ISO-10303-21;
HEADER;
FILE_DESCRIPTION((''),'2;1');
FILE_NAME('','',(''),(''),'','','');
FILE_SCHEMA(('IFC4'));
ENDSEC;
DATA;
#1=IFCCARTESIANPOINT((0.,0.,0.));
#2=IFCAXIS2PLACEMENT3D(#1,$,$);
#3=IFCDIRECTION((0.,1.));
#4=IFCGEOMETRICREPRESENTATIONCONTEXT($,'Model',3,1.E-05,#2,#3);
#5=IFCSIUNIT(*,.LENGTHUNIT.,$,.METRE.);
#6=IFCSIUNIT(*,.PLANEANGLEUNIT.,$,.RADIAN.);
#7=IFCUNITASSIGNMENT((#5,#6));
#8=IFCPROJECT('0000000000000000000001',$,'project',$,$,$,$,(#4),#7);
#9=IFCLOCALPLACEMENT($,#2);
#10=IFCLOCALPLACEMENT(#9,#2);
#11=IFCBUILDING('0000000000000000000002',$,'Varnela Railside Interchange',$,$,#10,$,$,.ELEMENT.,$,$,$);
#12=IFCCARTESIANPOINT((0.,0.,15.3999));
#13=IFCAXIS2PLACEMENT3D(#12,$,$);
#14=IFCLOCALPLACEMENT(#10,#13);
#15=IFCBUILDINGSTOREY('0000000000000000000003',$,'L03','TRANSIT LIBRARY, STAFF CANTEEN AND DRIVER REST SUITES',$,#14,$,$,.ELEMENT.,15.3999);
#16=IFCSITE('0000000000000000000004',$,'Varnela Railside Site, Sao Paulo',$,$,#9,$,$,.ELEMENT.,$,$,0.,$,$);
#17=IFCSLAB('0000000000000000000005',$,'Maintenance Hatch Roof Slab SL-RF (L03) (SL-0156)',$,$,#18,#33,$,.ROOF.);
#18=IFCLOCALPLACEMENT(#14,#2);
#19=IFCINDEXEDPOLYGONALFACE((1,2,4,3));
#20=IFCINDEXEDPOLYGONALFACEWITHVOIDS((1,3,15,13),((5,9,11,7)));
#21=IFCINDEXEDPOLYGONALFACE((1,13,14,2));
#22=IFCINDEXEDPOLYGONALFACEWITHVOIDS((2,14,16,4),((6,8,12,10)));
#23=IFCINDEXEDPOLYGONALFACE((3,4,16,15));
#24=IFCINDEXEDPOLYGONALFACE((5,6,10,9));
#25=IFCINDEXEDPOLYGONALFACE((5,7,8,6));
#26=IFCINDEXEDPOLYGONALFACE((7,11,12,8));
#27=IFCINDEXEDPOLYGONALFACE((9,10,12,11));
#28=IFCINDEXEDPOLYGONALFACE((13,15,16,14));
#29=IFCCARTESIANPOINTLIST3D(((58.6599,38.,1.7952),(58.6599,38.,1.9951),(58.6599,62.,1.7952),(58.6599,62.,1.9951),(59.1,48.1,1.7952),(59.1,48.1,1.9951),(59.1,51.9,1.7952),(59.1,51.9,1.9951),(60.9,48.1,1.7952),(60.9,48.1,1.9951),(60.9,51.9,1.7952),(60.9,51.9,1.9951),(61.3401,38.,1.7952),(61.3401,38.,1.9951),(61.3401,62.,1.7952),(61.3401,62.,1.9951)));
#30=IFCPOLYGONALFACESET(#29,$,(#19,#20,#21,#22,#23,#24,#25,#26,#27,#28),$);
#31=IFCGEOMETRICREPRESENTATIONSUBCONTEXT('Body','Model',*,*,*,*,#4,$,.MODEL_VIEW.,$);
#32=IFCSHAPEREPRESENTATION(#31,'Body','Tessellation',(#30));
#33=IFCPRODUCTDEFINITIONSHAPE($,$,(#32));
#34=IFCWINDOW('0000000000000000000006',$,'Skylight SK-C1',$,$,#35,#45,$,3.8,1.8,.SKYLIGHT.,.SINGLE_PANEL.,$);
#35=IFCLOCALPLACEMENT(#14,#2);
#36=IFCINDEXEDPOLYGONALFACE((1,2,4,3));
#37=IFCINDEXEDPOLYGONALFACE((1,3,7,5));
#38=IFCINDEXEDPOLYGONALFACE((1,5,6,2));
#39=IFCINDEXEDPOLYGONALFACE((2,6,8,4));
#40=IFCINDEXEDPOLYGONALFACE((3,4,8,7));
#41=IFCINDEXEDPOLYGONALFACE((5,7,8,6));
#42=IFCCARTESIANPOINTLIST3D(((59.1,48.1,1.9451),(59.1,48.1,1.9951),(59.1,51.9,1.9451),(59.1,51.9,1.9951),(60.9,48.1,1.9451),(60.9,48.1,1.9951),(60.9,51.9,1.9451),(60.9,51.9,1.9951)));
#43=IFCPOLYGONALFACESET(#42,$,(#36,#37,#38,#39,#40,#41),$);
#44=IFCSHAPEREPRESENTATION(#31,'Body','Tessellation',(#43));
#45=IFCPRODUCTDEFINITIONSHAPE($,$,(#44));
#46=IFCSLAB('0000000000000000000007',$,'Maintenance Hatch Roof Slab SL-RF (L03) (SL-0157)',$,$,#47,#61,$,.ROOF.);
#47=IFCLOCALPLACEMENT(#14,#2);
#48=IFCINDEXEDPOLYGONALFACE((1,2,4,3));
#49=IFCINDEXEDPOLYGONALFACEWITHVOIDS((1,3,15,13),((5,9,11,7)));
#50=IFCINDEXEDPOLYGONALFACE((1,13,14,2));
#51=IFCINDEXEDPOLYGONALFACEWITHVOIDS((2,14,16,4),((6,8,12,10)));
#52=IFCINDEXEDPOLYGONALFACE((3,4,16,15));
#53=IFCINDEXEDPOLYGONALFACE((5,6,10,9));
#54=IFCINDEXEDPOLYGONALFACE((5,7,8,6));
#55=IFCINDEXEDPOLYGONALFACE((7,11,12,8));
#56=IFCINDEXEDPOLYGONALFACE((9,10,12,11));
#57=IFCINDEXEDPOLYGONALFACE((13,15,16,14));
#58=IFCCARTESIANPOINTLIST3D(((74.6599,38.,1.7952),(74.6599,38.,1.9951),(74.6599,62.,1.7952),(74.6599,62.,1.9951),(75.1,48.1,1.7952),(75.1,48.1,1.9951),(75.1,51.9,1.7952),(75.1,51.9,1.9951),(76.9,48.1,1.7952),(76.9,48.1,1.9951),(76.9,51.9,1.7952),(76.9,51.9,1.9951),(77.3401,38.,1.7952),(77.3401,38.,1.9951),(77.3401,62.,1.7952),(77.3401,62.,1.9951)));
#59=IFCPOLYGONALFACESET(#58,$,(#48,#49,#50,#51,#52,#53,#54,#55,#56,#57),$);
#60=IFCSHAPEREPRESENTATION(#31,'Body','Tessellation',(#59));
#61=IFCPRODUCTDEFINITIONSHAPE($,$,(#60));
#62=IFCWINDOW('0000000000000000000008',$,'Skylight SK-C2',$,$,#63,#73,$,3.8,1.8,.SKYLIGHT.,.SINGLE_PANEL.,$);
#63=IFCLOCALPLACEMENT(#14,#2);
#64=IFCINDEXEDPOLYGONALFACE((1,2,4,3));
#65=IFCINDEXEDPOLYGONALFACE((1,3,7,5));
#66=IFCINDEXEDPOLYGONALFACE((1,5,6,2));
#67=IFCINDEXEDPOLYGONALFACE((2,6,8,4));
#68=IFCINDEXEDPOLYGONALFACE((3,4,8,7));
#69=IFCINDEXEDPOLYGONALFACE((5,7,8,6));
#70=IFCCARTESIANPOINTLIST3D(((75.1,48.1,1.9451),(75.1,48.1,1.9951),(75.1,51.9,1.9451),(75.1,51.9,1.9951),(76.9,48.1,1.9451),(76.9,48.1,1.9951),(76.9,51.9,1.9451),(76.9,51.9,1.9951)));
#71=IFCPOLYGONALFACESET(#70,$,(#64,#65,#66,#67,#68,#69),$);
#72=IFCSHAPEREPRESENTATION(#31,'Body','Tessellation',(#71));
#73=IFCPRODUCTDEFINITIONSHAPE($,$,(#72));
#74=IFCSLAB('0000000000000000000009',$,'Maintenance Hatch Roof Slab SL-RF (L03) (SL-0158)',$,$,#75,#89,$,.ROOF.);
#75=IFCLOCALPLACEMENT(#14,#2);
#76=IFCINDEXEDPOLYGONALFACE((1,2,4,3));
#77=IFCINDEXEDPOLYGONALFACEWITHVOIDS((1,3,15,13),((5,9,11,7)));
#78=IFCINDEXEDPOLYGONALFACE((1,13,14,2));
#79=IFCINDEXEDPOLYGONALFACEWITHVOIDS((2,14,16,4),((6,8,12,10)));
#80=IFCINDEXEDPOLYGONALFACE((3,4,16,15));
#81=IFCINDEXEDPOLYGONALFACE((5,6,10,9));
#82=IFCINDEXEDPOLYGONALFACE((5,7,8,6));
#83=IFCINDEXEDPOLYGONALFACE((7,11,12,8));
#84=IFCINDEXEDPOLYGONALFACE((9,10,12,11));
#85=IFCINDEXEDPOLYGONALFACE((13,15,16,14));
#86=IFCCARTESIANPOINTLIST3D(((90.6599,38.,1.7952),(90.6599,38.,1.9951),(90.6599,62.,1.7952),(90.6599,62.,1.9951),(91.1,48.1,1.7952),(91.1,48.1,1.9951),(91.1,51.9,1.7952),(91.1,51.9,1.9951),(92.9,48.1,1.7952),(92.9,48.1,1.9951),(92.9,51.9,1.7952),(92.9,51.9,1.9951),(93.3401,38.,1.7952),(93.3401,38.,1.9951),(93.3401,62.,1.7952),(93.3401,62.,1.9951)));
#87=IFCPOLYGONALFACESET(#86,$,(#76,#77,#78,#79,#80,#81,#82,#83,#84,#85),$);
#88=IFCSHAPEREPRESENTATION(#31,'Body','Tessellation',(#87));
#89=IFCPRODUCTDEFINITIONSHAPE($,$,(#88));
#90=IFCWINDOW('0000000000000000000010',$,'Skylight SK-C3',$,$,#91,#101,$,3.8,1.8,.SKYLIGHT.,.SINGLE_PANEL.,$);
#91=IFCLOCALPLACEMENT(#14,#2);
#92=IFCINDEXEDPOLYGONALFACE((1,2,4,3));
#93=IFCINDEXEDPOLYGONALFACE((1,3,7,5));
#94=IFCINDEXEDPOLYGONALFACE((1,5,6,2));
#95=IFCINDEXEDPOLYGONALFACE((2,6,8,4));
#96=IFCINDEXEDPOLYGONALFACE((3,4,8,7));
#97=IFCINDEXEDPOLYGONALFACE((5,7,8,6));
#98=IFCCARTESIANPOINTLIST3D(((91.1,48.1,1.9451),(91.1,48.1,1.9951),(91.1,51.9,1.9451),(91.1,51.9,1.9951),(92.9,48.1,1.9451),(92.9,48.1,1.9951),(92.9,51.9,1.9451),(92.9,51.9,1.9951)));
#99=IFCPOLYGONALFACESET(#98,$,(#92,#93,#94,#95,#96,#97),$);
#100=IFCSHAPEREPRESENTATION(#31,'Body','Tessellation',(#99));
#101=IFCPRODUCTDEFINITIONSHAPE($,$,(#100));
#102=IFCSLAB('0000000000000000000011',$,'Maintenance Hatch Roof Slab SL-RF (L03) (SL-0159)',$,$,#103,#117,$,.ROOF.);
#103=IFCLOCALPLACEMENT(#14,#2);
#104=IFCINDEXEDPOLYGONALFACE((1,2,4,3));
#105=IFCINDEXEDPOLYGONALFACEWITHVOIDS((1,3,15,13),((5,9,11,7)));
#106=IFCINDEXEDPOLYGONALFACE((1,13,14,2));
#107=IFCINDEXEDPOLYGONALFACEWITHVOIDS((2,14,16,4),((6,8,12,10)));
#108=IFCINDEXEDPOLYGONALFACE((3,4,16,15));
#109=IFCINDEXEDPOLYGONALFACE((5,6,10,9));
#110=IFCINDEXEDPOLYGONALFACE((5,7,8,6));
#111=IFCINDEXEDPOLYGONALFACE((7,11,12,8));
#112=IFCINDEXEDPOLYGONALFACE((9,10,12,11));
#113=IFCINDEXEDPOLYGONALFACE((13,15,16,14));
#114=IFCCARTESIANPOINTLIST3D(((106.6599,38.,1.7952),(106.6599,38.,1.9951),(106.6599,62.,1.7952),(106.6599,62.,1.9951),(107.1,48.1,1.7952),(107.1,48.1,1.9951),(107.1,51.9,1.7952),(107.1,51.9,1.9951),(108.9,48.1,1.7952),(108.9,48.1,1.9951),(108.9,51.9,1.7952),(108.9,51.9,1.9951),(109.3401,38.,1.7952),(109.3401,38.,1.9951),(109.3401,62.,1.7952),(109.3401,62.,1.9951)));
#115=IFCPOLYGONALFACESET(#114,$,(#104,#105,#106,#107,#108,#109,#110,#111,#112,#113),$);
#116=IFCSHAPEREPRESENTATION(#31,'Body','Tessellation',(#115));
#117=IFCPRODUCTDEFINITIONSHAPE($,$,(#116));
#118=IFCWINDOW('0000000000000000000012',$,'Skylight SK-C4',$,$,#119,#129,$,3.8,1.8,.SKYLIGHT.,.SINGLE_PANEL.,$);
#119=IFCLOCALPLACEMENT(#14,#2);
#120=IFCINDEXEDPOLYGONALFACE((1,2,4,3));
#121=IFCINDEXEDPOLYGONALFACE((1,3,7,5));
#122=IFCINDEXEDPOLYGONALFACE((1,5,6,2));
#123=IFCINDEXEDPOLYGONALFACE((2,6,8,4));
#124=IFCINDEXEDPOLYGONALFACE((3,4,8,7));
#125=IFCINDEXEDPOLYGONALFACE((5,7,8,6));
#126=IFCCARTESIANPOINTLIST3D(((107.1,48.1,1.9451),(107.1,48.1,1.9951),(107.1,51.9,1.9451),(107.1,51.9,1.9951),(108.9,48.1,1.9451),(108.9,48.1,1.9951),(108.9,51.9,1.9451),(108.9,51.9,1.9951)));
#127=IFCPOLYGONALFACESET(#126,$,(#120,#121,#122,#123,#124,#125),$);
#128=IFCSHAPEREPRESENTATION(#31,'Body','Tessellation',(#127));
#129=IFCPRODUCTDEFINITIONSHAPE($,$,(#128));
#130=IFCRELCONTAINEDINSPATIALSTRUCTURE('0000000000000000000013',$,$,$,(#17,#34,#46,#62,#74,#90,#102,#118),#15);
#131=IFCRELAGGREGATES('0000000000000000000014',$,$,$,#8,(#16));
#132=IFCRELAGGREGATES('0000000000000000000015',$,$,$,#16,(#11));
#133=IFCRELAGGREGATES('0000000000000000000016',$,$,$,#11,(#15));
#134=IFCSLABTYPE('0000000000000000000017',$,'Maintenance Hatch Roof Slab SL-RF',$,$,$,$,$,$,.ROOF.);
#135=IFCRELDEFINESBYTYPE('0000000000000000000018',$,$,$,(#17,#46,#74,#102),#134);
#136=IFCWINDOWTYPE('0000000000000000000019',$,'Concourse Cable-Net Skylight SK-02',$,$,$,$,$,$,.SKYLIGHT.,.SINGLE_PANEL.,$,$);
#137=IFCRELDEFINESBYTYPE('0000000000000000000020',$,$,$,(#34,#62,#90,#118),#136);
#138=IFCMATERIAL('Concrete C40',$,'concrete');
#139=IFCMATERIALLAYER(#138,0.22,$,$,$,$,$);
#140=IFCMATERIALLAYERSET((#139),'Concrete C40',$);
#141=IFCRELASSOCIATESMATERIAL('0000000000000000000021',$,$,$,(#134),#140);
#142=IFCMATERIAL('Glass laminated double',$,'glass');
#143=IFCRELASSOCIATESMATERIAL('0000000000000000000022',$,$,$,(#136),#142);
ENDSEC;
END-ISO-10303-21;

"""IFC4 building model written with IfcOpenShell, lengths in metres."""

from ifc_helpers import new_model, si_unit, direction, frame, origin, origin_2d, place, context, subcontext, project, spatial, polyline, rectangle, outline, extrude, material, layer, layer_set, type_object, element, fill, save


model = new_model("IFC4")

# Units and contexts
model_context = context("Model", 3, precision=1e-05, world=origin(), true_north=direction((0.0, 1.0)))
body_context = subcontext(model_context, "Body", "Model", "MODEL_VIEW")
ifc_project = project(units=[si_unit("LENGTHUNIT", "METRE"), si_unit("PLANEANGLEUNIT", "RADIAN")], contexts=[model_context])

# Site, building, storey
site_placement = place(None, origin())
site = spatial("IfcSite", under=ifc_project, at=site_placement, Name="Varnela Railside Site, Sao Paulo", CompositionType="ELEMENT", RefElevation=0.0)
building_placement = place(site_placement, origin())
building = spatial("IfcBuilding", under=site, at=building_placement, Name="Varnela Railside Interchange", CompositionType="ELEMENT")
storey_placement = place(building_placement, frame((0.0, 0.0, 15.3999)))
storey = spatial("IfcBuildingStorey", under=building, at=storey_placement, Name="L03", Description="TRANSIT LIBRARY, STAFF CANTEEN AND DRIVER REST SUITES", CompositionType="ELEMENT", Elevation=15.3999)

# Shared definitions
ifc_material_1 = material(Name="Concrete C40", Category="concrete")

# Slabs, openings, windows
ifc_layer_1 = layer(ifc_material_1, 0.22)
ifc_layer_set_1 = layer_set([ifc_layer_1], Name="Concrete C40")
slab_type_1 = type_object("IfcSlabType", Name="Maintenance Hatch Roof Slab SL-RF", PredefinedType="ROOF", material=ifc_layer_set_1)
slab_1_placement = place(storey_placement, frame((0.0, 0.0, 1.7952)))
slab_1 = element("IfcSlab", 1, at=slab_1_placement, inside=storey, type_object=slab_type_1, Name="Maintenance Hatch Roof Slab SL-RF (L03) (SL-0156)", PredefinedType="ROOF", context=body_context, shape_type="SweptSolid", body=[
    extrude(outline(polyline([(58.6599, 38.0), (61.3401, 38.0), (61.3401, 62.0), (58.6599, 62.0), (58.6599, 38.0)]), holes=[polyline([(59.1001, 48.1001), (60.8999, 48.1001), (60.8999, 51.8999), (59.1001, 51.8999), (59.1001, 48.1001)])]), origin(), (0.0, 0.0, 1.0), 0.2),
])
opening_1_placement = place(slab_1_placement, frame((60.0, 50.0, -0.01)))
opening_1 = element("IfcOpeningElement", 2, at=opening_1_placement, cuts=slab_1, PredefinedType="OPENING", context=body_context, shape_type="SweptSolid", body=[
    extrude(rectangle(XDim=1.8, YDim=3.8, at=origin_2d()), origin(), (0.0, 0.0, 1.0), 0.22),
])
ifc_material_2 = material(Name="Glass laminated double", Category="glass")
window_type_1 = type_object("IfcWindowType", Name="Concourse Cable-Net Skylight SK-02", PartitioningType="SINGLE_PANEL", PredefinedType="SKYLIGHT", material=ifc_material_2)
window_1_placement = place(slab_1_placement, frame((60.0, 50.0, 0.1499)))
window_1 = element("IfcWindow", 3, at=window_1_placement, inside=storey, type_object=window_type_1, Name="Skylight SK-C1", OverallHeight=3.8, OverallWidth=1.8, PartitioningType="SINGLE_PANEL", PredefinedType="SKYLIGHT", context=body_context, shape_type="SweptSolid", body=[
    extrude(rectangle(XDim=1.8, YDim=3.8, at=origin_2d()), origin(), (0.0, 0.0, 1.0), 0.05),
])
fill(opening_1, window_1)
slab_2_placement = place(storey_placement, frame((0.0, 0.0, 1.7952)))
slab_2 = element("IfcSlab", 4, at=slab_2_placement, inside=storey, type_object=slab_type_1, Name="Maintenance Hatch Roof Slab SL-RF (L03) (SL-0157)", PredefinedType="ROOF", context=body_context, shape_type="SweptSolid", body=[
    extrude(outline(polyline([(74.6599, 38.0), (77.3401, 38.0), (77.3401, 62.0), (74.6599, 62.0), (74.6599, 38.0)]), holes=[polyline([(75.1001, 48.1001), (76.8999, 48.1001), (76.8999, 51.8999), (75.1001, 51.8999), (75.1001, 48.1001)])]), origin(), (0.0, 0.0, 1.0), 0.2),
])
opening_2_placement = place(slab_2_placement, frame((76.0, 50.0, -0.01)))
opening_2 = element("IfcOpeningElement", 5, at=opening_2_placement, cuts=slab_2, PredefinedType="OPENING", context=body_context, shape_type="SweptSolid", body=[
    extrude(rectangle(XDim=1.8, YDim=3.8, at=origin_2d()), origin(), (0.0, 0.0, 1.0), 0.22),
])
window_2_placement = place(slab_2_placement, frame((76.0, 50.0, 0.1499)))
window_2 = element("IfcWindow", 6, at=window_2_placement, inside=storey, type_object=window_type_1, Name="Skylight SK-C2", OverallHeight=3.8, OverallWidth=1.8, PartitioningType="SINGLE_PANEL", PredefinedType="SKYLIGHT", context=body_context, shape_type="SweptSolid", body=[
    extrude(rectangle(XDim=1.8, YDim=3.8, at=origin_2d()), origin(), (0.0, 0.0, 1.0), 0.05),
])
fill(opening_2, window_2)
slab_3_placement = place(storey_placement, frame((0.0, 0.0, 1.7952)))
slab_3 = element("IfcSlab", 7, at=slab_3_placement, inside=storey, type_object=slab_type_1, Name="Maintenance Hatch Roof Slab SL-RF (L03) (SL-0158)", PredefinedType="ROOF", context=body_context, shape_type="SweptSolid", body=[
    extrude(outline(polyline([(90.6599, 38.0), (93.3401, 38.0), (93.3401, 62.0), (90.6599, 62.0), (90.6599, 38.0)]), holes=[polyline([(91.1001, 48.1001), (92.8999, 48.1001), (92.8999, 51.8999), (91.1001, 51.8999), (91.1001, 48.1001)])]), origin(), (0.0, 0.0, 1.0), 0.2),
])
opening_3_placement = place(slab_3_placement, frame((92.0, 50.0, -0.01)))
opening_3 = element("IfcOpeningElement", 8, at=opening_3_placement, cuts=slab_3, PredefinedType="OPENING", context=body_context, shape_type="SweptSolid", body=[
    extrude(rectangle(XDim=1.8, YDim=3.8, at=origin_2d()), origin(), (0.0, 0.0, 1.0), 0.22),
])
window_3_placement = place(slab_3_placement, frame((92.0, 50.0, 0.1499)))
window_3 = element("IfcWindow", 9, at=window_3_placement, inside=storey, type_object=window_type_1, Name="Skylight SK-C3", OverallHeight=3.8, OverallWidth=1.8, PartitioningType="SINGLE_PANEL", PredefinedType="SKYLIGHT", context=body_context, shape_type="SweptSolid", body=[
    extrude(rectangle(XDim=1.8, YDim=3.8, at=origin_2d()), origin(), (0.0, 0.0, 1.0), 0.05),
])
fill(opening_3, window_3)
slab_4_placement = place(storey_placement, frame((0.0, 0.0, 1.7952)))
slab_4 = element("IfcSlab", 10, at=slab_4_placement, inside=storey, type_object=slab_type_1, Name="Maintenance Hatch Roof Slab SL-RF (L03) (SL-0159)", PredefinedType="ROOF", context=body_context, shape_type="SweptSolid", body=[
    extrude(outline(polyline([(106.6599, 38.0), (109.3401, 38.0), (109.3401, 62.0), (106.6599, 62.0), (106.6599, 38.0)]), holes=[polyline([(107.1001, 48.1001), (108.8999, 48.1001), (108.8999, 51.8999), (107.1001, 51.8999), (107.1001, 48.1001)])]), origin(), (0.0, 0.0, 1.0), 0.2),
])
opening_4_placement = place(slab_4_placement, frame((108.0, 50.0, -0.01)))
opening_4 = element("IfcOpeningElement", 11, at=opening_4_placement, cuts=slab_4, PredefinedType="OPENING", context=body_context, shape_type="SweptSolid", body=[
    extrude(rectangle(XDim=1.8, YDim=3.8, at=origin_2d()), origin(), (0.0, 0.0, 1.0), 0.22),
])
window_4_placement = place(slab_4_placement, frame((108.0, 50.0, 0.1499)))
window_4 = element("IfcWindow", 12, at=window_4_placement, inside=storey, type_object=window_type_1, Name="Skylight SK-C4", OverallHeight=3.8, OverallWidth=1.8, PartitioningType="SINGLE_PANEL", PredefinedType="SKYLIGHT", context=body_context, shape_type="SweptSolid", body=[
    extrude(rectangle(XDim=1.8, YDim=3.8, at=origin_2d()), origin(), (0.0, 0.0, 1.0), 0.05),
])
fill(opening_4, window_4)

save(model, "model.ifc")
